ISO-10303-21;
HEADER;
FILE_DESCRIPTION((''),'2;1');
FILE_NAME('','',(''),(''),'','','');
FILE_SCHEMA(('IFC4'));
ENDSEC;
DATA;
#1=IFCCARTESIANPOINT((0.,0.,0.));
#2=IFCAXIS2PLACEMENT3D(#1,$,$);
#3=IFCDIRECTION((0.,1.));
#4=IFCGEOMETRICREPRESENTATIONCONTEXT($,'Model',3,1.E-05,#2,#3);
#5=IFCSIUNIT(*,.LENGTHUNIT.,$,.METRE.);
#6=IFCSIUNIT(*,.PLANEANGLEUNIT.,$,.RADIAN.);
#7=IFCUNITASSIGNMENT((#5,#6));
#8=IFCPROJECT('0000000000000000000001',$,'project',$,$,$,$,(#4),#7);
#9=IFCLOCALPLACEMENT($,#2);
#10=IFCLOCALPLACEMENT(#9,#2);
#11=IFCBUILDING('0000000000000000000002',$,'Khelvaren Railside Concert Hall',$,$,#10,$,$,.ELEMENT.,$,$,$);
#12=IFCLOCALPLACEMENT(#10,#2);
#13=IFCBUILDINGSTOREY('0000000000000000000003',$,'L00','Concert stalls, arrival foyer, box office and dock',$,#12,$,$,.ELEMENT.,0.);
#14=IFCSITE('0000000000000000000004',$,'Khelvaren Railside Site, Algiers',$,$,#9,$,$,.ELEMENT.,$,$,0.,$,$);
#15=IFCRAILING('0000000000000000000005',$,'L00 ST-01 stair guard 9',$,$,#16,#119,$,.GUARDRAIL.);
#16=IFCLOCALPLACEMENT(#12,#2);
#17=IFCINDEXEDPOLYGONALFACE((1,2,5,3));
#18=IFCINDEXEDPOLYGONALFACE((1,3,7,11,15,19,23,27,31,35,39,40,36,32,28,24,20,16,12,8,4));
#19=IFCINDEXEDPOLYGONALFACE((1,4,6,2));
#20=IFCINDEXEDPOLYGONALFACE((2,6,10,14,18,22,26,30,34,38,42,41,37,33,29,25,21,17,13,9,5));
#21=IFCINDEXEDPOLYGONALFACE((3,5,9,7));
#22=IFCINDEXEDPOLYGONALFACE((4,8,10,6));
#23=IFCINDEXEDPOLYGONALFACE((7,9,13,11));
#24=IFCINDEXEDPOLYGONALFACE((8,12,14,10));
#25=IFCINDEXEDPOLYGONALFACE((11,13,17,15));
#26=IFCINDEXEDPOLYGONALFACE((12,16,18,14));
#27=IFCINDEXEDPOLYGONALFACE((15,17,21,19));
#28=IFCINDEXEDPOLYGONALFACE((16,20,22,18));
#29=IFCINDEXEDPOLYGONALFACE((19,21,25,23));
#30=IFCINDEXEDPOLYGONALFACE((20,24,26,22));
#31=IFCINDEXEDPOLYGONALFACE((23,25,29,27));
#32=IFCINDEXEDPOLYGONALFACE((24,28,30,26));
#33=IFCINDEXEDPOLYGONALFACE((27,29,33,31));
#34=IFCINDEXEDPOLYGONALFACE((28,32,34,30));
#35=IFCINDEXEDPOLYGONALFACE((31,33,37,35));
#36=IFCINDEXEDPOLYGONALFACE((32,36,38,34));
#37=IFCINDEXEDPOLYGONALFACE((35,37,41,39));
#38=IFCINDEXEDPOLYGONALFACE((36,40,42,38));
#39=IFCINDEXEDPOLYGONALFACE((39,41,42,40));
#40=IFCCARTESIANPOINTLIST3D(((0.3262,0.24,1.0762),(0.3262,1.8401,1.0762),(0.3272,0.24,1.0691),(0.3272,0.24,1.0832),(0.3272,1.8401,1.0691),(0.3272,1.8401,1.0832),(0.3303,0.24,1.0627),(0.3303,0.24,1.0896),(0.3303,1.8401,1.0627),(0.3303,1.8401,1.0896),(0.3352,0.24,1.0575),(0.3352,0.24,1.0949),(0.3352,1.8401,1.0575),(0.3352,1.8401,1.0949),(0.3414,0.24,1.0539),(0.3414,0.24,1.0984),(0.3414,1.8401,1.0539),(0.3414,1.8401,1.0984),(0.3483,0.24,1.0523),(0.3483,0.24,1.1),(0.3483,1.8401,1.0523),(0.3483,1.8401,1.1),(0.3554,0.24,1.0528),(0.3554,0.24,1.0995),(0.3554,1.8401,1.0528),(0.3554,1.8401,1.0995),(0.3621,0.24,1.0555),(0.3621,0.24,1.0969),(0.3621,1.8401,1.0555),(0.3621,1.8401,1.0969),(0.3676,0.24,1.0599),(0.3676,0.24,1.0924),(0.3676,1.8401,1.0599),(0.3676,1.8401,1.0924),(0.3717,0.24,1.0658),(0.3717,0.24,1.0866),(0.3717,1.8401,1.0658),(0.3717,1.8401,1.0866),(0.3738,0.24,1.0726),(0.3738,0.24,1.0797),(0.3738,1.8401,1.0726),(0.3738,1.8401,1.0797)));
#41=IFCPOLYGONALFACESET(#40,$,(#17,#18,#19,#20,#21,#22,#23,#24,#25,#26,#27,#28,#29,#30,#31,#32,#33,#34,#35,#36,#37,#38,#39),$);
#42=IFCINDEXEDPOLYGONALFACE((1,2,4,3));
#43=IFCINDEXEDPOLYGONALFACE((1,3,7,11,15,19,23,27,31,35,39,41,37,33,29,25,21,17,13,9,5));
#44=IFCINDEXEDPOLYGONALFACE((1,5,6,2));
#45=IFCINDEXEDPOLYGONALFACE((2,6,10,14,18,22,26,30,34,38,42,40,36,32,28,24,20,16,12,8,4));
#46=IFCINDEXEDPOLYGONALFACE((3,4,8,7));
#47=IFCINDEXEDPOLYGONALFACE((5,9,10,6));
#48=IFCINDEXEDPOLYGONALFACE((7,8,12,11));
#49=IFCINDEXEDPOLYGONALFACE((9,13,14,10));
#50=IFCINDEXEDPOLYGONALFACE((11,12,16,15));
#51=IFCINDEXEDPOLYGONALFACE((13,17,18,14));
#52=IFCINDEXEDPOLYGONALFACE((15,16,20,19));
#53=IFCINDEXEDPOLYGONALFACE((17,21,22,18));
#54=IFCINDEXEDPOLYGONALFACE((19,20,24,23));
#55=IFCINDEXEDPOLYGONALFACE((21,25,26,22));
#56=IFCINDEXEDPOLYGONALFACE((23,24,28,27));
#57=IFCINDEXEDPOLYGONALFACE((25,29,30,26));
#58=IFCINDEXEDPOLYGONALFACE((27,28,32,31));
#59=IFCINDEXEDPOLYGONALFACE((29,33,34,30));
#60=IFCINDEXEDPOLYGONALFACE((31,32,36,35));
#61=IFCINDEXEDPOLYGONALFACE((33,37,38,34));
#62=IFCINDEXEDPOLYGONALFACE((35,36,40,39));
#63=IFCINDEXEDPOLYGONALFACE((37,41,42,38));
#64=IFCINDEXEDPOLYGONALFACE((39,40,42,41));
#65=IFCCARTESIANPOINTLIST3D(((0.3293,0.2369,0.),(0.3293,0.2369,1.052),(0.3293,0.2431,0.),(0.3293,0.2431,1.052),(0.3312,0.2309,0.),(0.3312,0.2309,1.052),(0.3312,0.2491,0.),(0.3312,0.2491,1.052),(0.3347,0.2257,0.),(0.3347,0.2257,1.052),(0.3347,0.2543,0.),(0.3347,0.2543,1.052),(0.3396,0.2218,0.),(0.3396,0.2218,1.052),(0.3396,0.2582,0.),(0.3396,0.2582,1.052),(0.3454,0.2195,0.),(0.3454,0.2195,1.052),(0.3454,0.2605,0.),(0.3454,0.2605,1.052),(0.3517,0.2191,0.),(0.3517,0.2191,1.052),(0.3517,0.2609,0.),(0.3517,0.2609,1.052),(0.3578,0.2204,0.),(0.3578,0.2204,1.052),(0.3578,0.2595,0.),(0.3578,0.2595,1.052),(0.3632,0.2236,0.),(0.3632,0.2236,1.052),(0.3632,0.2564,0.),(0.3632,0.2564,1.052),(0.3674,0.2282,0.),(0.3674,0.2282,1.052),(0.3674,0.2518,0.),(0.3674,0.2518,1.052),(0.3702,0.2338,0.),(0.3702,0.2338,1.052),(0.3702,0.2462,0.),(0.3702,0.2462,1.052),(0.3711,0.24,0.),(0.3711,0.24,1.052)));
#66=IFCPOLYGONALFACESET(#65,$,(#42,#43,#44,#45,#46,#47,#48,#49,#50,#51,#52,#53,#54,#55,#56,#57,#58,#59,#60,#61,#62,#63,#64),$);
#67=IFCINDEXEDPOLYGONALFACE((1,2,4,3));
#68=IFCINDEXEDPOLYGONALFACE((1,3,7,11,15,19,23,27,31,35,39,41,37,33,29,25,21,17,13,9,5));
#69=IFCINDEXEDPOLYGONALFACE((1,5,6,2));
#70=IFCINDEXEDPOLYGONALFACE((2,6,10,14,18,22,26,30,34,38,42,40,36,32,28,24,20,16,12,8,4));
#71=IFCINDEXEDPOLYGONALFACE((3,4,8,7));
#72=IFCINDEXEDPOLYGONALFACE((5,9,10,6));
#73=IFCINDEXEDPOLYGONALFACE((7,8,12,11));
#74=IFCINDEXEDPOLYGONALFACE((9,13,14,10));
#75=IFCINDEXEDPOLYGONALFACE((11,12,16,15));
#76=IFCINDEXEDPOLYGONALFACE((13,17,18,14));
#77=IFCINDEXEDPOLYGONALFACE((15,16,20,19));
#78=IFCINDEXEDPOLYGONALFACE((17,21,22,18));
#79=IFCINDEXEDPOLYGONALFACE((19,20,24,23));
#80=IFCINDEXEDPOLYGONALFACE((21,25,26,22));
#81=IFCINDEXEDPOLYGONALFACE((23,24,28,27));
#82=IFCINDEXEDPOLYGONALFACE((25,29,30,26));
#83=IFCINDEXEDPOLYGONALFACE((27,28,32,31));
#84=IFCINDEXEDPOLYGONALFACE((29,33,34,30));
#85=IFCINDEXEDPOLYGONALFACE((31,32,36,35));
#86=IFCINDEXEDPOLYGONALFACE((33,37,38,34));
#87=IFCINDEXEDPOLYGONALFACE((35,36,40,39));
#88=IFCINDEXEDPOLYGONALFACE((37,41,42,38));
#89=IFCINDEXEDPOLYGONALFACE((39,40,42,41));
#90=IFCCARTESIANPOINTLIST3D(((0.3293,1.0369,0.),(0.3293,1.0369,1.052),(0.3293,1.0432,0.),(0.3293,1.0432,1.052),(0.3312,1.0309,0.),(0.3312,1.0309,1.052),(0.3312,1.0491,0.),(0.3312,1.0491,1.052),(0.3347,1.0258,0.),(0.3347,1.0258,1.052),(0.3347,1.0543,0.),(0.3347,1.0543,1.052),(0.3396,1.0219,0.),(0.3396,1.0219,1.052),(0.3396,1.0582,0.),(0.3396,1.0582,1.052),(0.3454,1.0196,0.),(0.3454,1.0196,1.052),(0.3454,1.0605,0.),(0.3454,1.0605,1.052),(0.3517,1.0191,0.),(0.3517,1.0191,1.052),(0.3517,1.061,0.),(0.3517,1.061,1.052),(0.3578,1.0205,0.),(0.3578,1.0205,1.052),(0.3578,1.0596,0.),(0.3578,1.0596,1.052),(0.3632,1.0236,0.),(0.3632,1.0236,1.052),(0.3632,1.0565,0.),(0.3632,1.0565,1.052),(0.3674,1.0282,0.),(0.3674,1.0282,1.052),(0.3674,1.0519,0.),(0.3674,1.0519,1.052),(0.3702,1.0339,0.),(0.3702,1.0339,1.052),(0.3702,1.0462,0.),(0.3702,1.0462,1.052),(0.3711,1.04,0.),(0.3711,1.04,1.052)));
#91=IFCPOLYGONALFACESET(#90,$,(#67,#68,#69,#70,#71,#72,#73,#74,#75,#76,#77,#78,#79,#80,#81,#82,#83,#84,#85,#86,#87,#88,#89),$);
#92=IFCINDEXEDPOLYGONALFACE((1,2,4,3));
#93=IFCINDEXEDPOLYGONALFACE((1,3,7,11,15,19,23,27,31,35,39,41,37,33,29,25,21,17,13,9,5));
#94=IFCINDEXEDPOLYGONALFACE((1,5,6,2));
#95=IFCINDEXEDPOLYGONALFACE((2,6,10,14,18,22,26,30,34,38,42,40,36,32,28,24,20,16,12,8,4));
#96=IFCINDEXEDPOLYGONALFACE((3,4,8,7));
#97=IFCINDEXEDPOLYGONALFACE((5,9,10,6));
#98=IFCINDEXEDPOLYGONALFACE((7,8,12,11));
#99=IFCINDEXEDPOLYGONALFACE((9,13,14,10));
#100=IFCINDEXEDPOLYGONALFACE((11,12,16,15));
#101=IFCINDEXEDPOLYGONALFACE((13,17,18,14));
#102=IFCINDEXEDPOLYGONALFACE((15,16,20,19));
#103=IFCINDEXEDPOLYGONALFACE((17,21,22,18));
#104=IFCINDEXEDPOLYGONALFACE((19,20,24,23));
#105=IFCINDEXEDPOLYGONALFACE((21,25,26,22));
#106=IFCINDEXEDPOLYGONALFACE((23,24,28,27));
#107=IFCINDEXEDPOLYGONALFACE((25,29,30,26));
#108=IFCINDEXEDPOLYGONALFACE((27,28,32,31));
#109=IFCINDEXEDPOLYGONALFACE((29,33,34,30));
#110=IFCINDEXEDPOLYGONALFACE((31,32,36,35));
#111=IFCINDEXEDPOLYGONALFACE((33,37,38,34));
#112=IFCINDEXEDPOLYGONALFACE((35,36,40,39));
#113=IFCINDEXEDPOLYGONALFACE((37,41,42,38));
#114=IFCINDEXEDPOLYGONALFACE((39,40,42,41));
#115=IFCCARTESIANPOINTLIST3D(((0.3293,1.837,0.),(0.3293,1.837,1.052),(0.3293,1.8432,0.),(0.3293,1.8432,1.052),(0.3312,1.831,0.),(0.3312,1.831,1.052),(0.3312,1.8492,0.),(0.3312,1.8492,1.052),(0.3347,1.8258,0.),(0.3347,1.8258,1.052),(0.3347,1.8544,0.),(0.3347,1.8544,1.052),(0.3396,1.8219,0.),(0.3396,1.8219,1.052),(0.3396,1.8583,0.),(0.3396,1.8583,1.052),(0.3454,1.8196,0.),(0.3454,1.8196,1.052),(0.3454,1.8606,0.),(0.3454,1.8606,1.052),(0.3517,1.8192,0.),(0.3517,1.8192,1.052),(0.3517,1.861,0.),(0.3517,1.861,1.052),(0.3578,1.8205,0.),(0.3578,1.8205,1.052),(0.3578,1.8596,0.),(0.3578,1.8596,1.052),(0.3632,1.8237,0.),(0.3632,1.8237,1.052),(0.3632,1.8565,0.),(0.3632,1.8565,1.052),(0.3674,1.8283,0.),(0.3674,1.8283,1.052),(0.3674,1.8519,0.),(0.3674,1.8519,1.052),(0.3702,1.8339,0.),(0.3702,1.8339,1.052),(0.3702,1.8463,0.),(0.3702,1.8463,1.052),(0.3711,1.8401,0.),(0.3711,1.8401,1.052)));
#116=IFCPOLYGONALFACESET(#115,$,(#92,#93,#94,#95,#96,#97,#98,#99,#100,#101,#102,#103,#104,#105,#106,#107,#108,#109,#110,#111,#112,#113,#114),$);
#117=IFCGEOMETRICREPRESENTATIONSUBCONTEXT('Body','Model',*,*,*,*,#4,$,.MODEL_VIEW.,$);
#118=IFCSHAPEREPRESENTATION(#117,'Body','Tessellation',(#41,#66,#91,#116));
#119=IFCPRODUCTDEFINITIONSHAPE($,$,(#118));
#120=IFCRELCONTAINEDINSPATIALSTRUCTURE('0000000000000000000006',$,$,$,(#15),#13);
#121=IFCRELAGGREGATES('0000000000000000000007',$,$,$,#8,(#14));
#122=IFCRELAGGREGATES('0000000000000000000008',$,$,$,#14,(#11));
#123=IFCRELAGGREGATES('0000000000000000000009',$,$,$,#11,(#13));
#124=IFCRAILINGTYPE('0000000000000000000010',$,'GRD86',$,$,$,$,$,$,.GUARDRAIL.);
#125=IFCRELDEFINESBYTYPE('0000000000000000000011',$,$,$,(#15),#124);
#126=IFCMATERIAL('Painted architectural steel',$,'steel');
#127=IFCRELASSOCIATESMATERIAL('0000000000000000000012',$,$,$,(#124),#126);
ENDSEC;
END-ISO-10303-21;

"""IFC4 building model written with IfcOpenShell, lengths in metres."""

from ifc_helpers import new_model, si_unit, direction, frame, origin, origin_2d, place, context, subcontext, project, spatial, circle, extrude, material, type_object, element, save


model = new_model("IFC4")

# Units and contexts
model_context = context("Model", 3, precision=1e-05, world=origin(), true_north=direction((0.0, 1.0)))
body_context = subcontext(model_context, "Body", "Model", "MODEL_VIEW")
ifc_project = project(units=[si_unit("LENGTHUNIT", "METRE"), si_unit("PLANEANGLEUNIT", "RADIAN")], contexts=[model_context])

# Site, building, storey
site_placement = place(None, origin())
site = spatial("IfcSite", under=ifc_project, at=site_placement, Name="Khelvaren Railside Site, Algiers", CompositionType="ELEMENT", RefElevation=0.0)
building_placement = place(site_placement, origin())
building = spatial("IfcBuilding", under=site, at=building_placement, Name="Khelvaren Railside Concert Hall", CompositionType="ELEMENT")
storey_placement = place(building_placement, origin())
storey = spatial("IfcBuildingStorey", under=building, at=storey_placement, Name="L00", Description="Concert stalls, arrival foyer, box office and dock", CompositionType="ELEMENT", Elevation=0.0)

# Railing
ifc_material_1 = material(Name="Painted architectural steel", Category="steel")
railing_type_1 = type_object("IfcRailingType", Name="GRD86", PredefinedType="GUARDRAIL", material=ifc_material_1)
for number, where, name in (
    (1, (0.3501, 0.24, 0.0), "L00 ST-01 stair guard 9"),
):
    element("IfcRailing", number, at=place(storey_placement, frame(where)), inside=storey, type_object=railing_type_1, Name=name, PredefinedType="GUARDRAIL", context=body_context, shape_type="SweptSolid", body=[
        extrude(circle(Radius=0.0239, at=origin_2d()), frame((0.0, 0.0, 1.0762), z_axis=(0.0, 1.0, 0.0), x_axis=(-1.0, 0.0, 0.0)), (0.0, 0.0, 1.0), 1.6001),
        extrude(circle(Radius=0.021, at=origin_2d()), origin(), (0.0, 0.0, 1.0), 1.052),
        extrude(circle(Radius=0.021, at=origin_2d()), frame((0.0, 0.8, 0.0)), (0.0, 0.0, 1.0), 1.052),
        extrude(circle(Radius=0.021, at=origin_2d()), frame((0.0, 1.6001, 0.0)), (0.0, 0.0, 1.0), 1.052),
    ])

save(model, "model.ifc")
